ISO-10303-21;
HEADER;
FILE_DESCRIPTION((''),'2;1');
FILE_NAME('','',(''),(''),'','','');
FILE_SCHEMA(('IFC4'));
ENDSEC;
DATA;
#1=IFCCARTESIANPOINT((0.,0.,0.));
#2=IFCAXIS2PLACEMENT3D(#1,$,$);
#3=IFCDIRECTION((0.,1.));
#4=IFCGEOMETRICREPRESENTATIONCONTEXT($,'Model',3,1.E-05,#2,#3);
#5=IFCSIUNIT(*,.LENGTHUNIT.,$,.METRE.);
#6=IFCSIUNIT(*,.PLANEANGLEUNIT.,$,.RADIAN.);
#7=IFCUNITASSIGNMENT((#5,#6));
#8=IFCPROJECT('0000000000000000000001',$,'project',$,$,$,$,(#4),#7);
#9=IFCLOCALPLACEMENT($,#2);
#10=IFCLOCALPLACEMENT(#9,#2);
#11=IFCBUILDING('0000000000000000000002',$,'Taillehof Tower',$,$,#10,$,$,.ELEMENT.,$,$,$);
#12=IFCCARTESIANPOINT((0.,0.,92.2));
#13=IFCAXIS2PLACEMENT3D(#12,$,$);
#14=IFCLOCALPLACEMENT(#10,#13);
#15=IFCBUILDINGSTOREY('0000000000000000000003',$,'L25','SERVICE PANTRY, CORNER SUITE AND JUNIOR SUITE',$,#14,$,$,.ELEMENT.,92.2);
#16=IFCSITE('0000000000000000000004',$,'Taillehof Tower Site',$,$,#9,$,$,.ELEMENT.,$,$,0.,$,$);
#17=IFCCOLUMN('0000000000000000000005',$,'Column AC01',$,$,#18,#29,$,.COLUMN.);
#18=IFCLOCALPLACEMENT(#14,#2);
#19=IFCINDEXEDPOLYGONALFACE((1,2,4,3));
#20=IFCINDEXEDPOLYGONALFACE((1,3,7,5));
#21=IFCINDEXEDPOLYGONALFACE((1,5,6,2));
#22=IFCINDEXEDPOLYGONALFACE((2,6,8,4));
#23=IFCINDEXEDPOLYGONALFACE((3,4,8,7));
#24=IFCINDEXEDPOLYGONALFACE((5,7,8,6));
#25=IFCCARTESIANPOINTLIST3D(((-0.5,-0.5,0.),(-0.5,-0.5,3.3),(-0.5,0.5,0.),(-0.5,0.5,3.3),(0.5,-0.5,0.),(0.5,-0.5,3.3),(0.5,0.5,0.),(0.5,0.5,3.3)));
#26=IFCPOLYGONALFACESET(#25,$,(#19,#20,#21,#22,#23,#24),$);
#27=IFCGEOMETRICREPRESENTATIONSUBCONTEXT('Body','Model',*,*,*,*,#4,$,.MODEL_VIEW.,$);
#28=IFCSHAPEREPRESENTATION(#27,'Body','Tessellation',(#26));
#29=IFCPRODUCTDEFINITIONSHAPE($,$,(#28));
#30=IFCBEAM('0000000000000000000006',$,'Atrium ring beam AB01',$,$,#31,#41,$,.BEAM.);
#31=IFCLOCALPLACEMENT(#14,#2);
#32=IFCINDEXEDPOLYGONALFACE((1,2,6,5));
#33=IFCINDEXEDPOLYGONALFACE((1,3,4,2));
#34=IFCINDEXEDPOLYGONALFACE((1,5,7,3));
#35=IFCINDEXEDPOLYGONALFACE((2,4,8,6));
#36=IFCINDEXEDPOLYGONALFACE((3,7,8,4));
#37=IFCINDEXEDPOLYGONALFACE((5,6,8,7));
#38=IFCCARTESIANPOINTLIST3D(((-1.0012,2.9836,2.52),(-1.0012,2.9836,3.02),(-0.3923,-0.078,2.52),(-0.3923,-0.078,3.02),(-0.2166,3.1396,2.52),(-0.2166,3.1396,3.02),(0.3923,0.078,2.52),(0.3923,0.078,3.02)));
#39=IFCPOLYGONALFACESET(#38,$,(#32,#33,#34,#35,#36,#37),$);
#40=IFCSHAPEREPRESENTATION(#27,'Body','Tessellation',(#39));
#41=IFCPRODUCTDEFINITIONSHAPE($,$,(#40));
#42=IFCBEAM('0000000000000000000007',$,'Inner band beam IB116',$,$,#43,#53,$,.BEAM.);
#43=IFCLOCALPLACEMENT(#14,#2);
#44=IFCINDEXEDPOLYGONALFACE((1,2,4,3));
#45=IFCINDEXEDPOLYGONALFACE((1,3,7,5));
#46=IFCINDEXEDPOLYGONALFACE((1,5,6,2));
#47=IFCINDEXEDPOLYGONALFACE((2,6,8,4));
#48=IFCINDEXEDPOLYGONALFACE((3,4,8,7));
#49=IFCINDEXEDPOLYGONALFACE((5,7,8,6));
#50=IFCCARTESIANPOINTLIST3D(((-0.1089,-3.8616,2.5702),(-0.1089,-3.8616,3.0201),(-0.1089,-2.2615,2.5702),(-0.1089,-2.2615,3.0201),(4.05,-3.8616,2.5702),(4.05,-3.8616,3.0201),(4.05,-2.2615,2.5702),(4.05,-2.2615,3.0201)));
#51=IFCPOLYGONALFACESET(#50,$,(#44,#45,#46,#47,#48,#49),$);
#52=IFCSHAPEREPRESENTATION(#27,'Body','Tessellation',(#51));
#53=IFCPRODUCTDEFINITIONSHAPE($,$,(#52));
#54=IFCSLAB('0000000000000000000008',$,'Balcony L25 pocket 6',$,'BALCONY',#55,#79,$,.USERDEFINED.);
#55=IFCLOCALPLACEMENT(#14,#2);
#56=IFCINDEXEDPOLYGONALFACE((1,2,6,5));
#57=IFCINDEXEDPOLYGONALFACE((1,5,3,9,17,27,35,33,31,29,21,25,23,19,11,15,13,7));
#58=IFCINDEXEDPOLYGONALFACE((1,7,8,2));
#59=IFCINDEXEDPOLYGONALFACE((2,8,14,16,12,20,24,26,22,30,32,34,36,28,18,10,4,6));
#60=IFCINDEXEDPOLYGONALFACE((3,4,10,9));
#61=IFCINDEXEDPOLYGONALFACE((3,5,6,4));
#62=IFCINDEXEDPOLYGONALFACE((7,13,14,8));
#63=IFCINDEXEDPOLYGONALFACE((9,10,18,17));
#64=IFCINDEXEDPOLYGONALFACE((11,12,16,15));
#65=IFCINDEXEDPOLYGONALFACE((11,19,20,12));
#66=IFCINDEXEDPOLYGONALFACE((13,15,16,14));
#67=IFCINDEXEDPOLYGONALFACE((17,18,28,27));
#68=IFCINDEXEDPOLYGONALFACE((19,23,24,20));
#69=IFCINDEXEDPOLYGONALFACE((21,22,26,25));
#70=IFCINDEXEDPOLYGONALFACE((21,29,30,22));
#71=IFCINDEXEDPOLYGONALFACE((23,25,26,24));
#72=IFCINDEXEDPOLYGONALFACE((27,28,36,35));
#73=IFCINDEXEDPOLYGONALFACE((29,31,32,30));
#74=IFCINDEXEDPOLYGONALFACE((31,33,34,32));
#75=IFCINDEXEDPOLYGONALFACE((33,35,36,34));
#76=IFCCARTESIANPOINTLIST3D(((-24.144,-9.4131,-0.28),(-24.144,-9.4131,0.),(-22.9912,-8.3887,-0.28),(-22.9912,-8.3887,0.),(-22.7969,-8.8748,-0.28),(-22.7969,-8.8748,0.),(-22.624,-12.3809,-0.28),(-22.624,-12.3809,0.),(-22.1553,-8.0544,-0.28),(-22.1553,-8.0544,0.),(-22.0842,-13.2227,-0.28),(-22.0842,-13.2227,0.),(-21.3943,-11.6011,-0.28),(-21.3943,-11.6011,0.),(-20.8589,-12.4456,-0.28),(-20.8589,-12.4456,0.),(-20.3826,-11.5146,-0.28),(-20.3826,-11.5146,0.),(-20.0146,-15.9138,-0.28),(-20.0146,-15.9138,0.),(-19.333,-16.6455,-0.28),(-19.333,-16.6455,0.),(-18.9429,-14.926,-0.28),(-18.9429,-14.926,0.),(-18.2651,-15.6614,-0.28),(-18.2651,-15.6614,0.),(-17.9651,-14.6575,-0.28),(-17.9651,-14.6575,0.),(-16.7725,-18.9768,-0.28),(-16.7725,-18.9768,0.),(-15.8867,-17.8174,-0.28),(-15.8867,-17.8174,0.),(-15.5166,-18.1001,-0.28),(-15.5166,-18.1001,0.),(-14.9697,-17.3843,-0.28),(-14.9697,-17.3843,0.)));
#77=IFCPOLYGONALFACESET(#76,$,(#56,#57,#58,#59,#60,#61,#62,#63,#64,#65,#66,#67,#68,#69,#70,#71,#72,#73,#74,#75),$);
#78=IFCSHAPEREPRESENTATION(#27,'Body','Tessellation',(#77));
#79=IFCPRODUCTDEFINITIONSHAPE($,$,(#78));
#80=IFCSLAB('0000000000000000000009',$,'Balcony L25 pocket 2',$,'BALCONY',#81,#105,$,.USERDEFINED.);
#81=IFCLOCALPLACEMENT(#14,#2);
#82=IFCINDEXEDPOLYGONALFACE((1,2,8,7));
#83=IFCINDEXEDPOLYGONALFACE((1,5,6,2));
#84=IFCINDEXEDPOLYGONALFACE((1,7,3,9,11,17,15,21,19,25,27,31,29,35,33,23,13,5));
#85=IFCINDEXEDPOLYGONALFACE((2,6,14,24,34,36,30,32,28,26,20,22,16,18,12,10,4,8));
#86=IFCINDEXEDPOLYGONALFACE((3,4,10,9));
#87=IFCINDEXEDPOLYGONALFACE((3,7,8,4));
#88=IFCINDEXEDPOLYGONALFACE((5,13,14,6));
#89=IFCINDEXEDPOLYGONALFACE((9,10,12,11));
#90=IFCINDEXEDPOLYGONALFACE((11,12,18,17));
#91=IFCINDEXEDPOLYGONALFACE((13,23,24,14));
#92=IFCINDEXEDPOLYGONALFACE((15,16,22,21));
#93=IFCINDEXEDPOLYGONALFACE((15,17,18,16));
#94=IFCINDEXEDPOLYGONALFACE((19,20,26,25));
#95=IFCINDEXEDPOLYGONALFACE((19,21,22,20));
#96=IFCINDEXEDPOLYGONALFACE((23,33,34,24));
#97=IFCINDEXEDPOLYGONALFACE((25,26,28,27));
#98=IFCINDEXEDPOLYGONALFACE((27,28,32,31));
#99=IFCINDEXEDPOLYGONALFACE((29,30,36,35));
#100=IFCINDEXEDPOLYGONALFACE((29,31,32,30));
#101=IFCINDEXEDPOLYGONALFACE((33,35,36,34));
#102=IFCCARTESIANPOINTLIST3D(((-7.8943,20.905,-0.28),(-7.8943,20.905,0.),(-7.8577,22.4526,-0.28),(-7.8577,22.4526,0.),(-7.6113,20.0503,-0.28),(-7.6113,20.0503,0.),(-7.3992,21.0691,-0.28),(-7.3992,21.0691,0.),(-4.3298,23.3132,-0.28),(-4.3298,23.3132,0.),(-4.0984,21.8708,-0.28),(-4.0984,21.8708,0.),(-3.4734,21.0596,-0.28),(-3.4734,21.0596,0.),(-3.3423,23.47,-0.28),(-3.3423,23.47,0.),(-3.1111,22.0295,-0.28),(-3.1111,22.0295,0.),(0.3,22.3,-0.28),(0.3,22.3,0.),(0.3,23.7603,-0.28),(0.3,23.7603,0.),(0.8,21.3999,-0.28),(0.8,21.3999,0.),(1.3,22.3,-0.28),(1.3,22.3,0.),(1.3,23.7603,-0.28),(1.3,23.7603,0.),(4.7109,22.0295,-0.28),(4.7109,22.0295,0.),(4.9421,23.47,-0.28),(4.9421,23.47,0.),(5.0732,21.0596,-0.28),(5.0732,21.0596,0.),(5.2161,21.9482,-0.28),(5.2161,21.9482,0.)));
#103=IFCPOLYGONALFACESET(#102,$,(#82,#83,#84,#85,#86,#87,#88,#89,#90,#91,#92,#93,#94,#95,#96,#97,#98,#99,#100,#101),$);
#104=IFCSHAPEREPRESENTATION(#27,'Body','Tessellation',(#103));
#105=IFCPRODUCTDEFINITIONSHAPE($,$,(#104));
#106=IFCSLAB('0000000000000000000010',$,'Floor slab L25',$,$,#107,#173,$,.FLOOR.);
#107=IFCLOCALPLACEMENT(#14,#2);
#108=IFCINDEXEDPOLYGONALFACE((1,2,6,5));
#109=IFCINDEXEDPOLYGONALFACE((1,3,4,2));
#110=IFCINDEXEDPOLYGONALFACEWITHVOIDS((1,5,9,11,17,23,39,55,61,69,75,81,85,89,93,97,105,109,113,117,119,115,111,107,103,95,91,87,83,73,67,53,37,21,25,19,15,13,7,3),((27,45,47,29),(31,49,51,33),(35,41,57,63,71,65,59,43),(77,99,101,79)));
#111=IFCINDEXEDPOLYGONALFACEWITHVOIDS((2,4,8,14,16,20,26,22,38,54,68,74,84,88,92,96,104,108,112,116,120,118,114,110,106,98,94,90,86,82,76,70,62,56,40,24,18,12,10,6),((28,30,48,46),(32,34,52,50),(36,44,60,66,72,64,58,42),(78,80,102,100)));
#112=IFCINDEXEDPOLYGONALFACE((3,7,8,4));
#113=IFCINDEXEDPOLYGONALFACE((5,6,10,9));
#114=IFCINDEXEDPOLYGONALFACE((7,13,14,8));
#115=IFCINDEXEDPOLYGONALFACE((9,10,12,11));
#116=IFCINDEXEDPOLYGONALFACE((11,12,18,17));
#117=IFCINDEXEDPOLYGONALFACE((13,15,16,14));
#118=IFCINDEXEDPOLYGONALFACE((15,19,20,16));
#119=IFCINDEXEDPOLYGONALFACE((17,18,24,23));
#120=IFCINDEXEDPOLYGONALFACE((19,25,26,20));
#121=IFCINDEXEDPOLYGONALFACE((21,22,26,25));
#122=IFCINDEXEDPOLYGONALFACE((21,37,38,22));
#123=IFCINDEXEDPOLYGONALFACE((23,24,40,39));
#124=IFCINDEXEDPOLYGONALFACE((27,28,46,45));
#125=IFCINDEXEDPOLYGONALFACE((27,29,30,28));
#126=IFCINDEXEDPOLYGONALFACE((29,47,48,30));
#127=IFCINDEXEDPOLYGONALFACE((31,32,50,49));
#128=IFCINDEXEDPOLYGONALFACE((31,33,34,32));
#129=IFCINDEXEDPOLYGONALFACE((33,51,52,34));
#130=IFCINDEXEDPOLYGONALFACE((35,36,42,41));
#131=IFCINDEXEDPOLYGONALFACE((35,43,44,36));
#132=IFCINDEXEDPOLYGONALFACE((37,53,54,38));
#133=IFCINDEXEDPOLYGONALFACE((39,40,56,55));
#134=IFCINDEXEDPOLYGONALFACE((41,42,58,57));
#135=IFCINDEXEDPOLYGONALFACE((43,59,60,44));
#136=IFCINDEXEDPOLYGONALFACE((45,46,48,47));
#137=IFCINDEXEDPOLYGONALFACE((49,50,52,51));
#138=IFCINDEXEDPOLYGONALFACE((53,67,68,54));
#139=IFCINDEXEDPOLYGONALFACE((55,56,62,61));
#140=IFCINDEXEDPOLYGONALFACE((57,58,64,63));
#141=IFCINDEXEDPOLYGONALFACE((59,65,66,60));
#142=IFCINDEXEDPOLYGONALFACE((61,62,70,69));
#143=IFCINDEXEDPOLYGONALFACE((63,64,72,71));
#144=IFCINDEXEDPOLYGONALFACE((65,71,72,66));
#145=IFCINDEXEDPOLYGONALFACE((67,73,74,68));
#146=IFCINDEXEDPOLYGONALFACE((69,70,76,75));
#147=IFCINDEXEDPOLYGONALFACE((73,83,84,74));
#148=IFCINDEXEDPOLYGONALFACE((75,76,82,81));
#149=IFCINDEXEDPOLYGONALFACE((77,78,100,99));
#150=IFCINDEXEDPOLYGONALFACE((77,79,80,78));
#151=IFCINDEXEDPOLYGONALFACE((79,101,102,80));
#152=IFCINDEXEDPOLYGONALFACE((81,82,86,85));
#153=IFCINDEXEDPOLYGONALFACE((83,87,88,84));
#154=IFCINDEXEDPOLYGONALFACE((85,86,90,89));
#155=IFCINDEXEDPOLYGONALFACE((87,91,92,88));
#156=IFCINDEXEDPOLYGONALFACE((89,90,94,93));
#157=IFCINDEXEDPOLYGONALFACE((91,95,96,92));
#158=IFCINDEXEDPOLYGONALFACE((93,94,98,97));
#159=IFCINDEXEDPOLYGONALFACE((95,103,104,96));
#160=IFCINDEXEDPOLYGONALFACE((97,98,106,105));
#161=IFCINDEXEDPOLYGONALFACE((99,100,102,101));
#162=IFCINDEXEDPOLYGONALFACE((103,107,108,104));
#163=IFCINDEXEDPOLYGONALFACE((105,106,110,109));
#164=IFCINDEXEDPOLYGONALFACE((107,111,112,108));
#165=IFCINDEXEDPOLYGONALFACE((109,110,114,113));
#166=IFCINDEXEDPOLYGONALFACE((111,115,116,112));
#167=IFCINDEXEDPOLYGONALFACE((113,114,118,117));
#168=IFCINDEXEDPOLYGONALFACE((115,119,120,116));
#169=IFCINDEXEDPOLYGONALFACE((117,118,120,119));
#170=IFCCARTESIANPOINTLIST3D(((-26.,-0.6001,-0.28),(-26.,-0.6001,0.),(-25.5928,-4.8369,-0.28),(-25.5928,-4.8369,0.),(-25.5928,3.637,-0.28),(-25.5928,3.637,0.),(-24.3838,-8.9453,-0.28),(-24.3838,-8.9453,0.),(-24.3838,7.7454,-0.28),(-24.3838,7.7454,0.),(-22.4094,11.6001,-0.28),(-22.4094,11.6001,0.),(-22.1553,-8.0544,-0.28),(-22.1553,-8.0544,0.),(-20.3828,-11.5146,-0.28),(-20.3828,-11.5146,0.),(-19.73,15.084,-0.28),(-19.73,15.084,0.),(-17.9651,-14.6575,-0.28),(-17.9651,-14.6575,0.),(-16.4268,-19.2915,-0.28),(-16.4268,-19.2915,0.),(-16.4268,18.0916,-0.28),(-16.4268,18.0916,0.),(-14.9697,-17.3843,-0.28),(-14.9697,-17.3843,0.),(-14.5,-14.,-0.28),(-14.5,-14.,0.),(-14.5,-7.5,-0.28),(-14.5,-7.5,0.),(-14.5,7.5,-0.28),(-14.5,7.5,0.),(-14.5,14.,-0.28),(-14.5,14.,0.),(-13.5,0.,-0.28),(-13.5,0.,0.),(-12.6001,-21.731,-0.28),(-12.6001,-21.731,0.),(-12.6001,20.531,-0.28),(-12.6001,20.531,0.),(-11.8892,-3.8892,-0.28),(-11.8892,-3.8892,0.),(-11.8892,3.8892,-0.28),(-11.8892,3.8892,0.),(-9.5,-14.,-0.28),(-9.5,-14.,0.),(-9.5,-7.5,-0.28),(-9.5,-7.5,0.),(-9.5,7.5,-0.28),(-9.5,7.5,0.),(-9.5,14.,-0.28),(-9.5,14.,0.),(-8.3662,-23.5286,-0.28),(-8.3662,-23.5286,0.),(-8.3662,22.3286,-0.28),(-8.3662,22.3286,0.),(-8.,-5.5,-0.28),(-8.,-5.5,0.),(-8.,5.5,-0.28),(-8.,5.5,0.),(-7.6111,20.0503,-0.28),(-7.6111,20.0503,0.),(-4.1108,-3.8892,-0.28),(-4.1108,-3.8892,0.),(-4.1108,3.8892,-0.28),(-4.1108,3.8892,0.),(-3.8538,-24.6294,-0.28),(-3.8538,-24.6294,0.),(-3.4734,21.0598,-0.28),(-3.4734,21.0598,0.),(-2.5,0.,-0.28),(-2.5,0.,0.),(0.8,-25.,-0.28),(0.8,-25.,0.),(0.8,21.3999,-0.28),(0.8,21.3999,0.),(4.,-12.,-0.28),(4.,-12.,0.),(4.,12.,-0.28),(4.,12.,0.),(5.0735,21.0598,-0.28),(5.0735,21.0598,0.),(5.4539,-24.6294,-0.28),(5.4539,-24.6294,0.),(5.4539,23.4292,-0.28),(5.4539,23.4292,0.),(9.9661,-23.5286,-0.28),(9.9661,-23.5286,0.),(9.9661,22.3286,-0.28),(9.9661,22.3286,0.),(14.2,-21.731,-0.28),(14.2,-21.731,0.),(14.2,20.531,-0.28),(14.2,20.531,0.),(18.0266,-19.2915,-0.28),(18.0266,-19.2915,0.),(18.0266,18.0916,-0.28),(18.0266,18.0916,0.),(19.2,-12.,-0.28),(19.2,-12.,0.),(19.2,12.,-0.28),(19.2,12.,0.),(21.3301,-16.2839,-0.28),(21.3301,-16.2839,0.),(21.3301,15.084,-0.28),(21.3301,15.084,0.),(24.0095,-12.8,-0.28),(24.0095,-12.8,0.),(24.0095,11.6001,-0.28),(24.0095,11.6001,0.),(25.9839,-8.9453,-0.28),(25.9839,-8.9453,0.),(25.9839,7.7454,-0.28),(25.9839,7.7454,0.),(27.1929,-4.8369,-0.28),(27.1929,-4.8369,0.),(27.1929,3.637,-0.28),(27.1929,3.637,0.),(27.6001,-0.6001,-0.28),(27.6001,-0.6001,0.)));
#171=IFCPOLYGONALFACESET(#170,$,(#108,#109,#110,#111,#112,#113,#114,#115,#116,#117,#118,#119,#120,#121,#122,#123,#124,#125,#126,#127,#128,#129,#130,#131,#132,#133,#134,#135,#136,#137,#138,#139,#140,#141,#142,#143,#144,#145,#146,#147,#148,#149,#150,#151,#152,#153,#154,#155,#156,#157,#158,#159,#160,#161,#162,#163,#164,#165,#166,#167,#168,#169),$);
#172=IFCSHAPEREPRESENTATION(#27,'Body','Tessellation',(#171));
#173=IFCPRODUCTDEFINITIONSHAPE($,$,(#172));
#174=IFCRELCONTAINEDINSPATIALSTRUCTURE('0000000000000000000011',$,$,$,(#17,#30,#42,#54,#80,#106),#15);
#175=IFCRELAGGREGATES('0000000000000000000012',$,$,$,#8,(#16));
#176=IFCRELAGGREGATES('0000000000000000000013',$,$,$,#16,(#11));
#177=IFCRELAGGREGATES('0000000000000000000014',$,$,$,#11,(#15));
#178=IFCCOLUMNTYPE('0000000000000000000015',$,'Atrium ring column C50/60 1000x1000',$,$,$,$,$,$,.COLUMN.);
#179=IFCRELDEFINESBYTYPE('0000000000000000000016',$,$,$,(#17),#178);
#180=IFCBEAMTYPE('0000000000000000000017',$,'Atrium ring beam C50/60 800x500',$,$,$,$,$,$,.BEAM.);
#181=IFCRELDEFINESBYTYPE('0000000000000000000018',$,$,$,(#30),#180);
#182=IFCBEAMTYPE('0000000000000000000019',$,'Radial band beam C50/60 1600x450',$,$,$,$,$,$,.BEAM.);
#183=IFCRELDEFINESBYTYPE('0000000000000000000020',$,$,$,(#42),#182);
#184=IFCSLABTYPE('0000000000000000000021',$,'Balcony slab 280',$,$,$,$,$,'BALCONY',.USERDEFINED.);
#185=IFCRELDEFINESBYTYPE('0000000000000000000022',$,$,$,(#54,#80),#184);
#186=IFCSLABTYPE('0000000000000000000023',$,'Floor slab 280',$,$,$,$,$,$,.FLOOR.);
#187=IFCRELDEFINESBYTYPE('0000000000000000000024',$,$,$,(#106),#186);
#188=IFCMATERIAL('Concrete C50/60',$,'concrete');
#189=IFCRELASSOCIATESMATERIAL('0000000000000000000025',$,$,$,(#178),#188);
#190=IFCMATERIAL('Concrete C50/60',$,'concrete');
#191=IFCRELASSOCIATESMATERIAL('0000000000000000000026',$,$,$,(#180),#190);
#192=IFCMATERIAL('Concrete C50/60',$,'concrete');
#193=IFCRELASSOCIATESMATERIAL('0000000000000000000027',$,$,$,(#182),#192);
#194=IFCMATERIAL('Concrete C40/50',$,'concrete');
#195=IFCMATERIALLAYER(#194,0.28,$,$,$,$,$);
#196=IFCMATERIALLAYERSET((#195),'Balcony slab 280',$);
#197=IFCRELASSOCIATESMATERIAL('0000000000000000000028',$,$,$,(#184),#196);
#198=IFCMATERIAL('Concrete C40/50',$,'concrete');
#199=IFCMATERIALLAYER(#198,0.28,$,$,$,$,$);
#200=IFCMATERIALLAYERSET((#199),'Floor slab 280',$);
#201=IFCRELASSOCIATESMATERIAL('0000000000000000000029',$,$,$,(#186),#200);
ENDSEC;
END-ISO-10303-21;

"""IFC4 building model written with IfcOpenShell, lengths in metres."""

from ifc_helpers import new_model, si_unit, direction, frame, origin, origin_with_axes, origin_2d, place, context, subcontext, project, spatial, polyline, rectangle, outline, extrude, material, layer, layer_set, material_profile, profile_set, type_object, element, save


model = new_model("IFC4")

# Units and contexts
model_context = context("Model", 3, precision=1e-05, world=origin(), true_north=direction((0.0, 1.0)))
body_context = subcontext(model_context, "Body", "Model", "MODEL_VIEW")
ifc_project = project(units=[si_unit("LENGTHUNIT", "METRE"), si_unit("PLANEANGLEUNIT", "RADIAN")], contexts=[model_context])

# Site, building, storey
site_placement = place(None, origin())
site = spatial("IfcSite", under=ifc_project, at=site_placement, Name="Taillehof Tower Site", CompositionType="ELEMENT", RefElevation=0.0)
building_placement = place(site_placement, origin())
building = spatial("IfcBuilding", under=site, at=building_placement, Name="Taillehof Tower", CompositionType="ELEMENT")
storey_placement = place(building_placement, frame((0.0, 0.0, 92.2)))
storey = spatial("IfcBuildingStorey", under=building, at=storey_placement, Name="L25", Description="SERVICE PANTRY, CORNER SUITE AND JUNIOR SUITE", CompositionType="ELEMENT", Elevation=92.2)

# Column
ifc_material_1 = material(Name="Concrete C50/60", Category="concrete")
ifc_material_profile_1 = material_profile(ifc_material_1, rectangle(XDim=1.0, YDim=1.0, at=origin_2d()), Name="RC 1000x1000")
ifc_profile_set_1 = profile_set([ifc_material_profile_1], Name="Concrete C50/60")
column_type = type_object("IfcColumnType", Name="Atrium ring column C50/60 1000x1000", PredefinedType="COLUMN", material=ifc_profile_set_1)
column_placement = place(storey_placement, origin_with_axes())
element("IfcColumn", 1, at=column_placement, inside=storey, type_object=column_type, Name="Column AC01", PredefinedType="COLUMN", context=body_context, shape_type="SweptSolid", body=[
    extrude(rectangle(XDim=1.0, YDim=1.0, at=origin_2d()), origin(), (0.0, 0.0, 1.0), 3.3),
])

# Beams
ifc_material_2 = material(Name="Concrete C50/60", Category="concrete")
ifc_material_profile_2 = material_profile(ifc_material_2, rectangle(XDim=0.8, YDim=0.5, at=origin_2d()), Name="RC 800x500")
ifc_profile_set_2 = profile_set([ifc_material_profile_2], Name="Concrete C50/60")
beam_type_1 = type_object("IfcBeamType", Name="Atrium ring beam C50/60 800x500", PredefinedType="BEAM", material=ifc_profile_set_2)
beam_1_placement = place(storey_placement, frame((0.0, 0.0, 2.77), z_axis=(-0.195063, 0.980791, 0.0), x_axis=(-0.980791, -0.195063, 0.0)))
element("IfcBeam", 2, at=beam_1_placement, inside=storey, type_object=beam_type_1, Name="Atrium ring beam AB01", PredefinedType="BEAM", context=body_context, shape_type="SweptSolid", body=[
    extrude(rectangle(XDim=0.8, YDim=0.5, at=origin_2d()), origin(), (0.0, 0.0, 1.0), 3.1216),
])
ifc_material_3 = material(Name="Concrete C50/60", Category="concrete")
ifc_material_profile_3 = material_profile(ifc_material_3, rectangle(XDim=1.6001, YDim=0.45, at=origin_2d()), Name="RC 1600x450")
ifc_profile_set_3 = profile_set([ifc_material_profile_3], Name="Concrete C50/60")
beam_type_2 = type_object("IfcBeamType", Name="Radial band beam C50/60 1600x450", PredefinedType="BEAM", material=ifc_profile_set_3)
beam_2_placement = place(storey_placement, frame((-0.1089, -3.0615, 2.7952), z_axis=(1.0, 0.0, 0.0), x_axis=(0.0, 1.0, 0.0)))
element("IfcBeam", 3, at=beam_2_placement, inside=storey, type_object=beam_type_2, Name="Inner band beam IB116", PredefinedType="BEAM", context=body_context, shape_type="SweptSolid", body=[
    extrude(rectangle(XDim=1.6001, YDim=0.45, at=origin_2d()), origin(), (0.0, 0.0, 1.0), 4.1589),
])

# Slabs
ifc_material_4 = material(Name="Concrete C40/50", Category="concrete")
ifc_layer_1 = layer(ifc_material_4, 0.28)
ifc_layer_set_1 = layer_set([ifc_layer_1], Name="Balcony slab 280")
slab_type_1 = type_object("IfcSlabType", Name="Balcony slab 280", ElementType="BALCONY", PredefinedType="USERDEFINED", material=ifc_layer_set_1)
slab_1_placement = place(storey_placement, frame((0.0, 0.0, -0.28)))
element("IfcSlab", 4, at=slab_1_placement, inside=storey, type_object=slab_type_1, Name="Balcony L25 pocket 6", ObjectType="BALCONY", PredefinedType="USERDEFINED", context=body_context, shape_type="SweptSolid", body=[
    extrude(outline(polyline([(-14.9697, -17.3843), (-15.5166, -18.1001), (-15.8867, -17.8174), (-16.7725, -18.9768), (-19.333, -16.6455), (-18.2651, -15.6614), (-18.9429, -14.926), (-20.0146, -15.9138), (-22.0842, -13.2227), (-20.8589, -12.4456), (-21.3943, -11.6011), (-22.624, -12.3809), (-24.144, -9.4131), (-22.7969, -8.8748), (-22.9912, -8.3887), (-22.1553, -8.0544), (-20.3826, -11.5146), (-17.9651, -14.6575), (-14.9697, -17.3843)])), origin(), (0.0, 0.0, 1.0), 0.28),
])
slab_2_placement = place(storey_placement, frame((0.0, 0.0, -0.28)))
element("IfcSlab", 5, at=slab_2_placement, inside=storey, type_object=slab_type_1, Name="Balcony L25 pocket 2", ObjectType="BALCONY", PredefinedType="USERDEFINED", context=body_context, shape_type="SweptSolid", body=[
    extrude(outline(polyline([(-7.6113, 20.0503), (-7.8943, 20.905), (-7.3992, 21.0691), (-7.8577, 22.4526), (-4.3298, 23.3132), (-4.0984, 21.8708), (-3.1111, 22.0295), (-3.3423, 23.47), (0.3, 23.7603), (0.3, 22.3), (1.3, 22.3), (1.3, 23.7603), (4.9421, 23.47), (4.7109, 22.0295), (5.2161, 21.9482), (5.0732, 21.0596), (0.8, 21.3999), (-3.4734, 21.0596), (-7.6113, 20.0503)])), origin(), (0.0, 0.0, 1.0), 0.28),
])
ifc_material_5 = material(Name="Concrete C40/50", Category="concrete")
ifc_layer_2 = layer(ifc_material_5, 0.28)
ifc_layer_set_2 = layer_set([ifc_layer_2], Name="Floor slab 280")
slab_type_2 = type_object("IfcSlabType", Name="Floor slab 280", PredefinedType="FLOOR", material=ifc_layer_set_2)
slab_3_placement = place(storey_placement, frame((0.0, 0.0, -0.28)))
element("IfcSlab", 6, at=slab_3_placement, inside=storey, type_object=slab_type_2, Name="Floor slab L25", PredefinedType="FLOOR", context=body_context, shape_type="SweptSolid", body=[
    extrude(outline(polyline([(27.6001, -0.6001), (27.1929, 3.637), (25.9839, 7.7454), (24.0095, 11.6001), (21.3301, 15.084), (18.0266, 18.0916), (14.2, 20.531), (9.9661, 22.3286), (5.4539, 23.4292), (5.0735, 21.0598), (0.8, 21.3999), (-3.4734, 21.0598), (-7.6111, 20.0503), (-8.3662, 22.3286), (-12.6001, 20.531), (-16.4268, 18.0916), (-19.73, 15.084), (-22.4094, 11.6001), (-24.3838, 7.7454), (-25.5928, 3.637), (-26.0, -0.6001), (-25.5928, -4.8369), (-24.3838, -8.9453), (-22.1553, -8.0544), (-20.3828, -11.5146), (-17.9651, -14.6575), (-14.9697, -17.3843), (-16.4268, -19.2915), (-12.6001, -21.731), (-8.3662, -23.5286), (-3.8538, -24.6294), (0.8, -25.0), (5.4539, -24.6294), (9.9661, -23.5286), (14.2, -21.731), (18.0266, -19.2915), (21.3301, -16.2839), (24.0095, -12.8), (25.9839, -8.9453), (27.1929, -4.8369), (27.6001, -0.6001)]), holes=[polyline([(-14.5, -7.5), (-9.5, -7.5), (-9.5, -14.0), (-14.5, -14.0), (-14.5, -7.5)]), polyline([(-8.0, -5.5), (-11.8892, -3.8892), (-13.5, 0.0), (-11.8892, 3.8892), (-8.0, 5.5), (-4.1108, 3.8892), (-2.5, 0.0), (-4.1108, -3.8892), (-8.0, -5.5)]), polyline([(19.2, 12.0), (19.2, -12.0), (4.0, -12.0), (4.0, 12.0), (19.2, 12.0)]), polyline([(-14.5, 14.0), (-9.5, 14.0), (-9.5, 7.5), (-14.5, 7.5), (-14.5, 14.0)])]), origin(), (0.0, 0.0, 1.0), 0.28),
])

save(model, "model.ifc")
